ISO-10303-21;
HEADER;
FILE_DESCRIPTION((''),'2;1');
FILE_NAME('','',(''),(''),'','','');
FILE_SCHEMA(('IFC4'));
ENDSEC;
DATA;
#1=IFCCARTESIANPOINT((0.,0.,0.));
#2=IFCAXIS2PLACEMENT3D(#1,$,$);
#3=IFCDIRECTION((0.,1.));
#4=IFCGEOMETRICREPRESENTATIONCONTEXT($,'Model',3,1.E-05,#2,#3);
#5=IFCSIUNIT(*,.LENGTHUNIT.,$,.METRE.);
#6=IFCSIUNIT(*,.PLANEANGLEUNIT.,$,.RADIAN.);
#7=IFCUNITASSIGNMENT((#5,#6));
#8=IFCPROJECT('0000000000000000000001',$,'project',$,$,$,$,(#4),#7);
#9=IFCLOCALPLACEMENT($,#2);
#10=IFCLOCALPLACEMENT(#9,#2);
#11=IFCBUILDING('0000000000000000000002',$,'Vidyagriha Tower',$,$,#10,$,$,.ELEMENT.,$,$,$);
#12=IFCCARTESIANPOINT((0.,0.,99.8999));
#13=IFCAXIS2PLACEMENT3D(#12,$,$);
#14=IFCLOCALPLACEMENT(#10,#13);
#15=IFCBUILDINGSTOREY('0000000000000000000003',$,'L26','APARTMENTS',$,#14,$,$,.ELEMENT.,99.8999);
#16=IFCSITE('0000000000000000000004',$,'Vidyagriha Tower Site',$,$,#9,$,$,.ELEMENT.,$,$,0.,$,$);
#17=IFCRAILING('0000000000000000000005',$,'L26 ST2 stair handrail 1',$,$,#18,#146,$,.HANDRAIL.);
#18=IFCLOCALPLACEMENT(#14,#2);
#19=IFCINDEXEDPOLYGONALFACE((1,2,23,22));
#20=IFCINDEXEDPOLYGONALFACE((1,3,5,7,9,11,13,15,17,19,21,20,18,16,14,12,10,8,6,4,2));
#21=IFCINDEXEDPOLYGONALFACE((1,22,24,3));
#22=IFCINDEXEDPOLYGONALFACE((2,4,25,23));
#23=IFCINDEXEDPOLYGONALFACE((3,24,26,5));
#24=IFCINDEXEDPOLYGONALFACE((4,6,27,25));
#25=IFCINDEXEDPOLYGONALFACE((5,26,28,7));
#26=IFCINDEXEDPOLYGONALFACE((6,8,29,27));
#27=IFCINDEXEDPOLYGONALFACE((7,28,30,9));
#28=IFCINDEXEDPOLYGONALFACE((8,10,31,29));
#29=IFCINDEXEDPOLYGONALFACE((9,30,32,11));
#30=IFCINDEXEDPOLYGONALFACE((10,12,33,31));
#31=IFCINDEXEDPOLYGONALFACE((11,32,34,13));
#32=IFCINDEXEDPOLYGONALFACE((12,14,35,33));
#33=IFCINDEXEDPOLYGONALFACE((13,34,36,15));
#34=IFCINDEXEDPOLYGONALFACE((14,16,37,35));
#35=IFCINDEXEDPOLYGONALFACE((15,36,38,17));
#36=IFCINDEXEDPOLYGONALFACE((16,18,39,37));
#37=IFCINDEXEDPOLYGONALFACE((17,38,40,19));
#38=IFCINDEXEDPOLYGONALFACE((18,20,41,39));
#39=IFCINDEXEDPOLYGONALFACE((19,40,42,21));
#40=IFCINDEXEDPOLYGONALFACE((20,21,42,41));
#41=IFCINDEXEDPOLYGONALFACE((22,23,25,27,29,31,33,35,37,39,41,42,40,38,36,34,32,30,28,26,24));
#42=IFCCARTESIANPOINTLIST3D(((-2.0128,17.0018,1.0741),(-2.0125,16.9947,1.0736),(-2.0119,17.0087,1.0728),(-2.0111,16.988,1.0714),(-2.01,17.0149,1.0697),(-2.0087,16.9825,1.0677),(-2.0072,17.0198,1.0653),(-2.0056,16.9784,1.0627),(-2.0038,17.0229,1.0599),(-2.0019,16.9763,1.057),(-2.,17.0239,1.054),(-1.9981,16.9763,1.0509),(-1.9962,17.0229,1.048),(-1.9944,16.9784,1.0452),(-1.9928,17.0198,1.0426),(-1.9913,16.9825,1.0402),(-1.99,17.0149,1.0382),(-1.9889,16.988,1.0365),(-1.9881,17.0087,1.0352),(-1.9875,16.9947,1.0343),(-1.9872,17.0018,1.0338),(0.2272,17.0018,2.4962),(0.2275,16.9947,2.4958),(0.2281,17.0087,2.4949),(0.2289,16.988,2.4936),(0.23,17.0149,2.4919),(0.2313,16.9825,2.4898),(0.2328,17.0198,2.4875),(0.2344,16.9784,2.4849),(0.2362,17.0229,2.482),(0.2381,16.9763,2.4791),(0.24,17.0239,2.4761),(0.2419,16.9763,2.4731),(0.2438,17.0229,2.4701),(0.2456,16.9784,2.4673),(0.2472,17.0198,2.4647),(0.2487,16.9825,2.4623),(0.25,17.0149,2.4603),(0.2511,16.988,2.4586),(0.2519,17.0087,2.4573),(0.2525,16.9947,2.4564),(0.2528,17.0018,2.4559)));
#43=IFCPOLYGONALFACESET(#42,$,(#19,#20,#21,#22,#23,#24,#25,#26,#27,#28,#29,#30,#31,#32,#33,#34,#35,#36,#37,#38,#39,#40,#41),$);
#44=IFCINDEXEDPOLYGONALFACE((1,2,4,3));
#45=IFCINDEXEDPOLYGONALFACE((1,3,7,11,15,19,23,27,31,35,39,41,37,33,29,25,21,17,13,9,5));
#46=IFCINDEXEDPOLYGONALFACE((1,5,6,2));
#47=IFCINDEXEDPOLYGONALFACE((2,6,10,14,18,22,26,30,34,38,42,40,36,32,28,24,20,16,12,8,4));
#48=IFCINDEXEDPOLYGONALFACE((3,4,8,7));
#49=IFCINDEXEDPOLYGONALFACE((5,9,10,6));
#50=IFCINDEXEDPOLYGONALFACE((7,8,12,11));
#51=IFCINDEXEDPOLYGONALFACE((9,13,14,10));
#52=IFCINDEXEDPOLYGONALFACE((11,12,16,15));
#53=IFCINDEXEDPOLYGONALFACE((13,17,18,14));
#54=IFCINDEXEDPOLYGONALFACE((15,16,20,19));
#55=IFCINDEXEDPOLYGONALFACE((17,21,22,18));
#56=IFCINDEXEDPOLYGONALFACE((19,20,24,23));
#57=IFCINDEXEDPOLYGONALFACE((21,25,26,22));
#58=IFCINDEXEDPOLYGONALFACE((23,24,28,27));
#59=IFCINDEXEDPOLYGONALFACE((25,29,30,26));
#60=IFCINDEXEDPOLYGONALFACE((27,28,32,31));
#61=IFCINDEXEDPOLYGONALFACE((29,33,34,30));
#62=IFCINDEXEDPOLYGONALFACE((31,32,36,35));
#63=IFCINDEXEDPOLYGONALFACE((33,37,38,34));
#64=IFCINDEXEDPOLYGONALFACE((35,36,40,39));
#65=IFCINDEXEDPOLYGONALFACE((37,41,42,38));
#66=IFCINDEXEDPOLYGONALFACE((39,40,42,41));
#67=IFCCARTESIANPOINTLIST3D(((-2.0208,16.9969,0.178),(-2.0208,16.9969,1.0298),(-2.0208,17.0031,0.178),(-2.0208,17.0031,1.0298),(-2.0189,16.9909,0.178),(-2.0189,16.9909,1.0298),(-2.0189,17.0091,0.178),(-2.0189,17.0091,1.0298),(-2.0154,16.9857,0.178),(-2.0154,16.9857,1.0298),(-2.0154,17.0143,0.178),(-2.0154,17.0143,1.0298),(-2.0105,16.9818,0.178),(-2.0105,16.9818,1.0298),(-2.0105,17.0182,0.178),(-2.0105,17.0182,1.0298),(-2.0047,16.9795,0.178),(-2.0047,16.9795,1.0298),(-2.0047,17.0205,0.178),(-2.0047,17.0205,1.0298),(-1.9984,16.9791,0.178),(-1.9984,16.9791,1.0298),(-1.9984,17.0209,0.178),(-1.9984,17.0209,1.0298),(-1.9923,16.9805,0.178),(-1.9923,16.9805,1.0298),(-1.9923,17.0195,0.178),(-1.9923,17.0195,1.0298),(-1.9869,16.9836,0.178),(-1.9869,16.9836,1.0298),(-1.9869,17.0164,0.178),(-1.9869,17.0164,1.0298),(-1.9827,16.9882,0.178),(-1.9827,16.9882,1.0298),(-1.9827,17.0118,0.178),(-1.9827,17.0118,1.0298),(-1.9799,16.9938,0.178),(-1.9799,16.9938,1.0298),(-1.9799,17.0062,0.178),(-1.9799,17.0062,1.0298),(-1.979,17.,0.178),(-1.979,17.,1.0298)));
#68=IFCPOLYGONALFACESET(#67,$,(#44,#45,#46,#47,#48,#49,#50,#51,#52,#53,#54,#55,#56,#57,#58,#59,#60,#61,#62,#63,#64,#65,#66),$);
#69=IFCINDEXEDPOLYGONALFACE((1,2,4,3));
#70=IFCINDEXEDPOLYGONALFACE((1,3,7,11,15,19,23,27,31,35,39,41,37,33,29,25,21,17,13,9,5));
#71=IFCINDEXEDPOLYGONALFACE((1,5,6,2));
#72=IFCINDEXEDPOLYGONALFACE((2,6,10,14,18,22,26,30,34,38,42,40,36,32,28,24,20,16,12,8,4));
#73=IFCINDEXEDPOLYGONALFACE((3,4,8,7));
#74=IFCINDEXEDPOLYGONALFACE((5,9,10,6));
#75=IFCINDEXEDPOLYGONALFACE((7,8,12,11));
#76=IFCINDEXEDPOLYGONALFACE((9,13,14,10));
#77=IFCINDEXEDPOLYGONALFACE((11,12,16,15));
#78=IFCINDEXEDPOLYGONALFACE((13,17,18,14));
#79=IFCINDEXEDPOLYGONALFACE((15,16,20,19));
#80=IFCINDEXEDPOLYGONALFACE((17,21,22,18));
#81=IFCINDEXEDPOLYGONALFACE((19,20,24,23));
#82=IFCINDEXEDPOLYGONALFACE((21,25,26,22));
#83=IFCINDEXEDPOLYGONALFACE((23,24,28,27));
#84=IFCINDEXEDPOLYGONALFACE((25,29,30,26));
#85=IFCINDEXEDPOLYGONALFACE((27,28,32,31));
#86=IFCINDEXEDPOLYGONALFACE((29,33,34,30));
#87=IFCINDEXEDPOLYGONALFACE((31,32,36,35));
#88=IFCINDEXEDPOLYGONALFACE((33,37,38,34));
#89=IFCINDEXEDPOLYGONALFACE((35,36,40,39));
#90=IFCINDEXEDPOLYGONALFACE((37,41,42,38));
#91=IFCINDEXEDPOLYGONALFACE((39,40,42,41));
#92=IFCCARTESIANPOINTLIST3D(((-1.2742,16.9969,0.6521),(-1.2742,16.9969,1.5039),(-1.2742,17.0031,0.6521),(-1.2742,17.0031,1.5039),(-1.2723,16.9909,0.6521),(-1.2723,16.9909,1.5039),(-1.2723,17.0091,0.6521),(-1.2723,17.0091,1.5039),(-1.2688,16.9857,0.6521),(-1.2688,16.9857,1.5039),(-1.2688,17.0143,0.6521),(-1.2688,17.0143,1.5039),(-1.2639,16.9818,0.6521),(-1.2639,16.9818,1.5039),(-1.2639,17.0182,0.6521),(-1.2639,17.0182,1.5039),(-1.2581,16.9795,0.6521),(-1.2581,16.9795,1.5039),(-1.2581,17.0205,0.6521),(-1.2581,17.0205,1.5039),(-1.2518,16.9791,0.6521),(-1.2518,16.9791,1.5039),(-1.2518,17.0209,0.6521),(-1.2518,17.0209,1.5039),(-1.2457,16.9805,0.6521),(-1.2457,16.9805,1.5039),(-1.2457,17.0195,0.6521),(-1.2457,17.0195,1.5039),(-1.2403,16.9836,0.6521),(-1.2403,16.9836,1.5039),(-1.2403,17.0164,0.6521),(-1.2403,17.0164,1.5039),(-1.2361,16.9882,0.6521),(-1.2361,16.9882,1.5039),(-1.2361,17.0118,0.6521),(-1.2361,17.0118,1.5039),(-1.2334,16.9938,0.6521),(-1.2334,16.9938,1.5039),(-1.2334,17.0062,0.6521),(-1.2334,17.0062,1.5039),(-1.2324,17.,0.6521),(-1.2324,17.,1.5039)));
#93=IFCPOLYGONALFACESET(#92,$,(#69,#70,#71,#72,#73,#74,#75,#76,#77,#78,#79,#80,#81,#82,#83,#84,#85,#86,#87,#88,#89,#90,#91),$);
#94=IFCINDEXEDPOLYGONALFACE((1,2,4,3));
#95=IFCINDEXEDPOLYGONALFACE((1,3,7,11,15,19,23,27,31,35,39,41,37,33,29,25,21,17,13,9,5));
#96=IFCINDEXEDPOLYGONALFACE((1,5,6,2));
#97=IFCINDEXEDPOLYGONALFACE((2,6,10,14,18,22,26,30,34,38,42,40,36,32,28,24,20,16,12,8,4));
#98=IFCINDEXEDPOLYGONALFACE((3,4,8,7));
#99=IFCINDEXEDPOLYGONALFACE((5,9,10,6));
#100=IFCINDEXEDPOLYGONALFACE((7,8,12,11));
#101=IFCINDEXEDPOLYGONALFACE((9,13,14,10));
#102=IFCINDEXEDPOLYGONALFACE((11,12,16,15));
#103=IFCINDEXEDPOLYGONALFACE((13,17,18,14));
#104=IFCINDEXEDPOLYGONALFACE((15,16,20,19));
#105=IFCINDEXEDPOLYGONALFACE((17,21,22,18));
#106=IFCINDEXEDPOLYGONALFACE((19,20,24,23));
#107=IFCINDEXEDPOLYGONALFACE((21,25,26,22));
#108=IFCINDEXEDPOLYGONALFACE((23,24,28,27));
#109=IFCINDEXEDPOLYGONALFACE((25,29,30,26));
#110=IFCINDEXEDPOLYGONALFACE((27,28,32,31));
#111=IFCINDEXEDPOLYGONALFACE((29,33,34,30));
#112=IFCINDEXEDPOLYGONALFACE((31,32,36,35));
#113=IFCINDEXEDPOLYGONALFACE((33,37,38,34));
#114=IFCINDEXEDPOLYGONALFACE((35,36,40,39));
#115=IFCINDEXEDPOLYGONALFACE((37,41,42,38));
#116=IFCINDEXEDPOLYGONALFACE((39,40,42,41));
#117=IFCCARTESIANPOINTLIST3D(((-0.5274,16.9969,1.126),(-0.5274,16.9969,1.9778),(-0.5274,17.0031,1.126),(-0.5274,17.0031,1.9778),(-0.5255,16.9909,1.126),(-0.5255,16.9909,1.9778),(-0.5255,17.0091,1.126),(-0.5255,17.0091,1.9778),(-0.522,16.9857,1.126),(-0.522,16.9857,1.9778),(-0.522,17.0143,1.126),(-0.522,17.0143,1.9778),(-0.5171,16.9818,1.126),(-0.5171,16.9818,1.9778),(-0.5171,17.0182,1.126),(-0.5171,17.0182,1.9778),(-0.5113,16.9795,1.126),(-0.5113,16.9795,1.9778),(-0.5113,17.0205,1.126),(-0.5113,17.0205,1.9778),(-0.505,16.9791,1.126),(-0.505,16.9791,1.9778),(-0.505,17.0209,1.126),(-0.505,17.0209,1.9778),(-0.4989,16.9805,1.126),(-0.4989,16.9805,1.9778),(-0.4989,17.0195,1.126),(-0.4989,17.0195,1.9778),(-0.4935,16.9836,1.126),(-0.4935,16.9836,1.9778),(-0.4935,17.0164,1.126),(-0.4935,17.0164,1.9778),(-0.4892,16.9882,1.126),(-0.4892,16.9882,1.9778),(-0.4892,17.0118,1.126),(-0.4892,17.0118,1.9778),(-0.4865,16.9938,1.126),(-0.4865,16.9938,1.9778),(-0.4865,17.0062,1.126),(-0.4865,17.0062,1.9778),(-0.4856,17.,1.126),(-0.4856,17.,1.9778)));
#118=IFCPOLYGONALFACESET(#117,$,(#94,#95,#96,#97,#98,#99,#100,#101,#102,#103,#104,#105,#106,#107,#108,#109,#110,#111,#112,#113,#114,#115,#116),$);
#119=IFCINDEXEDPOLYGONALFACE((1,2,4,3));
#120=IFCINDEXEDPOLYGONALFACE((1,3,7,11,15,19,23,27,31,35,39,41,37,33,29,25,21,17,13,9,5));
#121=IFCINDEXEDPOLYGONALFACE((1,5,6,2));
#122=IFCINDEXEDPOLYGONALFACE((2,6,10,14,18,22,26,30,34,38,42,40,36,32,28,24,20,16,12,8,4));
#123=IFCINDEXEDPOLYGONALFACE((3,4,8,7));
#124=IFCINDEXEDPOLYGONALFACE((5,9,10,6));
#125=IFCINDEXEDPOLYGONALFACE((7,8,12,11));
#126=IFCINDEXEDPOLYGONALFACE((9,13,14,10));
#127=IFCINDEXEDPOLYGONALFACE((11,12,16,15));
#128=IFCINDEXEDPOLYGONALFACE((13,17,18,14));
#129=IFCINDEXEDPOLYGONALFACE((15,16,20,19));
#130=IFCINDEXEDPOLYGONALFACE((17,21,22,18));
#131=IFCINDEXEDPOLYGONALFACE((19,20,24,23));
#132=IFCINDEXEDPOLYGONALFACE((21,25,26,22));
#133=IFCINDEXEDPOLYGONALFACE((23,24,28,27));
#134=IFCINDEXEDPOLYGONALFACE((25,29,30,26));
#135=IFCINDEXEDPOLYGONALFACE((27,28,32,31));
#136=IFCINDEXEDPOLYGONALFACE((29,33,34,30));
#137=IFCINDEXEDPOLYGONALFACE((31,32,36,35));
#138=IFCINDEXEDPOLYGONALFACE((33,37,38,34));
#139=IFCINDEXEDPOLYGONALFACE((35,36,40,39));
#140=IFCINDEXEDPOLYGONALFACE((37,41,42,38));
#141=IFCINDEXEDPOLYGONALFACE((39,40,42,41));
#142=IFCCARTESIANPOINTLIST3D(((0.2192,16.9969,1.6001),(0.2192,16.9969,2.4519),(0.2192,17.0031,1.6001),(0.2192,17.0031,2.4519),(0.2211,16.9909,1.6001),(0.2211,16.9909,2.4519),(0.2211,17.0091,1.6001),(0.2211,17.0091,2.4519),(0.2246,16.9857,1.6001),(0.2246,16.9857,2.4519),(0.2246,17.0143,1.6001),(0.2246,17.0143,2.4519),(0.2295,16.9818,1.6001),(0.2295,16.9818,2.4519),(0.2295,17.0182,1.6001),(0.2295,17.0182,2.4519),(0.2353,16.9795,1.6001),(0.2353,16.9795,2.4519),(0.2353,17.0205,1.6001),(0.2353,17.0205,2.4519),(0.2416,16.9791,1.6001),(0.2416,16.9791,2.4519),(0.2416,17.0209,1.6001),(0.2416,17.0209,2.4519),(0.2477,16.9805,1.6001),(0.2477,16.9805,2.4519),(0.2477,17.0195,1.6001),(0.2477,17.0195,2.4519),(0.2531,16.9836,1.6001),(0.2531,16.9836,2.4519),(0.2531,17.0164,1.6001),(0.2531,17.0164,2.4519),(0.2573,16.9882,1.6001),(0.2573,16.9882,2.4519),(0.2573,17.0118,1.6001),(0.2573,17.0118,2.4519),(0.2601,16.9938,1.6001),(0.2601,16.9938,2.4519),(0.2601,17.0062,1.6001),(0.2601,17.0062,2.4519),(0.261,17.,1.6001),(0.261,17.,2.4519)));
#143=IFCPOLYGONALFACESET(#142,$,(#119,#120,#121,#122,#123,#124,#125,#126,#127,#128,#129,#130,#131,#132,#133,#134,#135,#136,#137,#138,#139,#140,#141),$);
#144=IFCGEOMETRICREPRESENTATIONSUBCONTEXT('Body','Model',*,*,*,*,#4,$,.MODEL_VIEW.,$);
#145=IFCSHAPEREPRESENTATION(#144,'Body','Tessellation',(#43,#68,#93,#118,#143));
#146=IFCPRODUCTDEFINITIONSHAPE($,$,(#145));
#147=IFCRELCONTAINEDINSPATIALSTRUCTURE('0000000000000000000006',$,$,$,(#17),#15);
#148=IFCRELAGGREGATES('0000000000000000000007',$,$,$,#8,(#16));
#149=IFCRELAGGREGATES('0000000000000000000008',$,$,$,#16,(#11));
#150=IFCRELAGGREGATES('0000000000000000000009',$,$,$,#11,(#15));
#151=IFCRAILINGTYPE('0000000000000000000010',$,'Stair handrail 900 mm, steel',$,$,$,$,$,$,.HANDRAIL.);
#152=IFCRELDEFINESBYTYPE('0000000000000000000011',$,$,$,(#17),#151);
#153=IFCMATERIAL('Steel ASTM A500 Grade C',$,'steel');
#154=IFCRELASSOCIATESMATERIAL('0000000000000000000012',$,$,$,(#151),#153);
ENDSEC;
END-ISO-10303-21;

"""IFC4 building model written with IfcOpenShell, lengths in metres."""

from ifc_helpers import new_model, si_unit, direction, frame, origin, origin_2d, place, context, subcontext, project, spatial, circle, extrude, material, type_object, element, save


model = new_model("IFC4")

# Units and contexts
model_context = context("Model", 3, precision=1e-05, world=origin(), true_north=direction((0.0, 1.0)))
body_context = subcontext(model_context, "Body", "Model", "MODEL_VIEW")
ifc_project = project(units=[si_unit("LENGTHUNIT", "METRE"), si_unit("PLANEANGLEUNIT", "RADIAN")], contexts=[model_context])

# Site, building, storey
site_placement = place(None, origin())
site = spatial("IfcSite", under=ifc_project, at=site_placement, Name="Vidyagriha Tower Site", CompositionType="ELEMENT", RefElevation=0.0)
building_placement = place(site_placement, origin())
building = spatial("IfcBuilding", under=site, at=building_placement, Name="Vidyagriha Tower", CompositionType="ELEMENT")
storey_placement = place(building_placement, frame((0.0, 0.0, 99.8999)))
storey = spatial("IfcBuildingStorey", under=building, at=storey_placement, Name="L26", Description="APARTMENTS", CompositionType="ELEMENT", Elevation=99.8999)

# Railing
ifc_material_1 = material(Name="Steel ASTM A500 Grade C", Category="steel")
railing_type_1 = type_object("IfcRailingType", Name="Stair handrail 900 mm, steel", PredefinedType="HANDRAIL", material=ifc_material_1)
railing_1_placement = place(storey_placement, frame((-2.0, 17.0, 0.178)))
element("IfcRailing", 1, at=railing_1_placement, inside=storey, type_object=railing_type_1, Name="L26 ST2 stair handrail 1", PredefinedType="HANDRAIL", context=body_context, shape_type="SweptSolid", body=[
    extrude(circle(Radius=0.0239, at=origin_2d()), frame((0.0, 0.0, 0.876), z_axis=(0.844229, 0.0, 0.535982), x_axis=(0.0, 1.0, 0.0)), (0.0, 0.0, 1.0), 2.6533),
    extrude(circle(Radius=0.021, at=origin_2d()), origin(), (0.0, 0.0, 1.0), 0.8518),
    extrude(circle(Radius=0.021, at=origin_2d()), frame((0.7466, 0.0, 0.4741)), (0.0, 0.0, 1.0), 0.8518),
    extrude(circle(Radius=0.021, at=origin_2d()), frame((1.4934, 0.0, 0.948)), (0.0, 0.0, 1.0), 0.8518),
    extrude(circle(Radius=0.021, at=origin_2d()), frame((2.24, 0.0, 1.4221)), (0.0, 0.0, 1.0), 0.8518),
])

save(model, "model.ifc")
